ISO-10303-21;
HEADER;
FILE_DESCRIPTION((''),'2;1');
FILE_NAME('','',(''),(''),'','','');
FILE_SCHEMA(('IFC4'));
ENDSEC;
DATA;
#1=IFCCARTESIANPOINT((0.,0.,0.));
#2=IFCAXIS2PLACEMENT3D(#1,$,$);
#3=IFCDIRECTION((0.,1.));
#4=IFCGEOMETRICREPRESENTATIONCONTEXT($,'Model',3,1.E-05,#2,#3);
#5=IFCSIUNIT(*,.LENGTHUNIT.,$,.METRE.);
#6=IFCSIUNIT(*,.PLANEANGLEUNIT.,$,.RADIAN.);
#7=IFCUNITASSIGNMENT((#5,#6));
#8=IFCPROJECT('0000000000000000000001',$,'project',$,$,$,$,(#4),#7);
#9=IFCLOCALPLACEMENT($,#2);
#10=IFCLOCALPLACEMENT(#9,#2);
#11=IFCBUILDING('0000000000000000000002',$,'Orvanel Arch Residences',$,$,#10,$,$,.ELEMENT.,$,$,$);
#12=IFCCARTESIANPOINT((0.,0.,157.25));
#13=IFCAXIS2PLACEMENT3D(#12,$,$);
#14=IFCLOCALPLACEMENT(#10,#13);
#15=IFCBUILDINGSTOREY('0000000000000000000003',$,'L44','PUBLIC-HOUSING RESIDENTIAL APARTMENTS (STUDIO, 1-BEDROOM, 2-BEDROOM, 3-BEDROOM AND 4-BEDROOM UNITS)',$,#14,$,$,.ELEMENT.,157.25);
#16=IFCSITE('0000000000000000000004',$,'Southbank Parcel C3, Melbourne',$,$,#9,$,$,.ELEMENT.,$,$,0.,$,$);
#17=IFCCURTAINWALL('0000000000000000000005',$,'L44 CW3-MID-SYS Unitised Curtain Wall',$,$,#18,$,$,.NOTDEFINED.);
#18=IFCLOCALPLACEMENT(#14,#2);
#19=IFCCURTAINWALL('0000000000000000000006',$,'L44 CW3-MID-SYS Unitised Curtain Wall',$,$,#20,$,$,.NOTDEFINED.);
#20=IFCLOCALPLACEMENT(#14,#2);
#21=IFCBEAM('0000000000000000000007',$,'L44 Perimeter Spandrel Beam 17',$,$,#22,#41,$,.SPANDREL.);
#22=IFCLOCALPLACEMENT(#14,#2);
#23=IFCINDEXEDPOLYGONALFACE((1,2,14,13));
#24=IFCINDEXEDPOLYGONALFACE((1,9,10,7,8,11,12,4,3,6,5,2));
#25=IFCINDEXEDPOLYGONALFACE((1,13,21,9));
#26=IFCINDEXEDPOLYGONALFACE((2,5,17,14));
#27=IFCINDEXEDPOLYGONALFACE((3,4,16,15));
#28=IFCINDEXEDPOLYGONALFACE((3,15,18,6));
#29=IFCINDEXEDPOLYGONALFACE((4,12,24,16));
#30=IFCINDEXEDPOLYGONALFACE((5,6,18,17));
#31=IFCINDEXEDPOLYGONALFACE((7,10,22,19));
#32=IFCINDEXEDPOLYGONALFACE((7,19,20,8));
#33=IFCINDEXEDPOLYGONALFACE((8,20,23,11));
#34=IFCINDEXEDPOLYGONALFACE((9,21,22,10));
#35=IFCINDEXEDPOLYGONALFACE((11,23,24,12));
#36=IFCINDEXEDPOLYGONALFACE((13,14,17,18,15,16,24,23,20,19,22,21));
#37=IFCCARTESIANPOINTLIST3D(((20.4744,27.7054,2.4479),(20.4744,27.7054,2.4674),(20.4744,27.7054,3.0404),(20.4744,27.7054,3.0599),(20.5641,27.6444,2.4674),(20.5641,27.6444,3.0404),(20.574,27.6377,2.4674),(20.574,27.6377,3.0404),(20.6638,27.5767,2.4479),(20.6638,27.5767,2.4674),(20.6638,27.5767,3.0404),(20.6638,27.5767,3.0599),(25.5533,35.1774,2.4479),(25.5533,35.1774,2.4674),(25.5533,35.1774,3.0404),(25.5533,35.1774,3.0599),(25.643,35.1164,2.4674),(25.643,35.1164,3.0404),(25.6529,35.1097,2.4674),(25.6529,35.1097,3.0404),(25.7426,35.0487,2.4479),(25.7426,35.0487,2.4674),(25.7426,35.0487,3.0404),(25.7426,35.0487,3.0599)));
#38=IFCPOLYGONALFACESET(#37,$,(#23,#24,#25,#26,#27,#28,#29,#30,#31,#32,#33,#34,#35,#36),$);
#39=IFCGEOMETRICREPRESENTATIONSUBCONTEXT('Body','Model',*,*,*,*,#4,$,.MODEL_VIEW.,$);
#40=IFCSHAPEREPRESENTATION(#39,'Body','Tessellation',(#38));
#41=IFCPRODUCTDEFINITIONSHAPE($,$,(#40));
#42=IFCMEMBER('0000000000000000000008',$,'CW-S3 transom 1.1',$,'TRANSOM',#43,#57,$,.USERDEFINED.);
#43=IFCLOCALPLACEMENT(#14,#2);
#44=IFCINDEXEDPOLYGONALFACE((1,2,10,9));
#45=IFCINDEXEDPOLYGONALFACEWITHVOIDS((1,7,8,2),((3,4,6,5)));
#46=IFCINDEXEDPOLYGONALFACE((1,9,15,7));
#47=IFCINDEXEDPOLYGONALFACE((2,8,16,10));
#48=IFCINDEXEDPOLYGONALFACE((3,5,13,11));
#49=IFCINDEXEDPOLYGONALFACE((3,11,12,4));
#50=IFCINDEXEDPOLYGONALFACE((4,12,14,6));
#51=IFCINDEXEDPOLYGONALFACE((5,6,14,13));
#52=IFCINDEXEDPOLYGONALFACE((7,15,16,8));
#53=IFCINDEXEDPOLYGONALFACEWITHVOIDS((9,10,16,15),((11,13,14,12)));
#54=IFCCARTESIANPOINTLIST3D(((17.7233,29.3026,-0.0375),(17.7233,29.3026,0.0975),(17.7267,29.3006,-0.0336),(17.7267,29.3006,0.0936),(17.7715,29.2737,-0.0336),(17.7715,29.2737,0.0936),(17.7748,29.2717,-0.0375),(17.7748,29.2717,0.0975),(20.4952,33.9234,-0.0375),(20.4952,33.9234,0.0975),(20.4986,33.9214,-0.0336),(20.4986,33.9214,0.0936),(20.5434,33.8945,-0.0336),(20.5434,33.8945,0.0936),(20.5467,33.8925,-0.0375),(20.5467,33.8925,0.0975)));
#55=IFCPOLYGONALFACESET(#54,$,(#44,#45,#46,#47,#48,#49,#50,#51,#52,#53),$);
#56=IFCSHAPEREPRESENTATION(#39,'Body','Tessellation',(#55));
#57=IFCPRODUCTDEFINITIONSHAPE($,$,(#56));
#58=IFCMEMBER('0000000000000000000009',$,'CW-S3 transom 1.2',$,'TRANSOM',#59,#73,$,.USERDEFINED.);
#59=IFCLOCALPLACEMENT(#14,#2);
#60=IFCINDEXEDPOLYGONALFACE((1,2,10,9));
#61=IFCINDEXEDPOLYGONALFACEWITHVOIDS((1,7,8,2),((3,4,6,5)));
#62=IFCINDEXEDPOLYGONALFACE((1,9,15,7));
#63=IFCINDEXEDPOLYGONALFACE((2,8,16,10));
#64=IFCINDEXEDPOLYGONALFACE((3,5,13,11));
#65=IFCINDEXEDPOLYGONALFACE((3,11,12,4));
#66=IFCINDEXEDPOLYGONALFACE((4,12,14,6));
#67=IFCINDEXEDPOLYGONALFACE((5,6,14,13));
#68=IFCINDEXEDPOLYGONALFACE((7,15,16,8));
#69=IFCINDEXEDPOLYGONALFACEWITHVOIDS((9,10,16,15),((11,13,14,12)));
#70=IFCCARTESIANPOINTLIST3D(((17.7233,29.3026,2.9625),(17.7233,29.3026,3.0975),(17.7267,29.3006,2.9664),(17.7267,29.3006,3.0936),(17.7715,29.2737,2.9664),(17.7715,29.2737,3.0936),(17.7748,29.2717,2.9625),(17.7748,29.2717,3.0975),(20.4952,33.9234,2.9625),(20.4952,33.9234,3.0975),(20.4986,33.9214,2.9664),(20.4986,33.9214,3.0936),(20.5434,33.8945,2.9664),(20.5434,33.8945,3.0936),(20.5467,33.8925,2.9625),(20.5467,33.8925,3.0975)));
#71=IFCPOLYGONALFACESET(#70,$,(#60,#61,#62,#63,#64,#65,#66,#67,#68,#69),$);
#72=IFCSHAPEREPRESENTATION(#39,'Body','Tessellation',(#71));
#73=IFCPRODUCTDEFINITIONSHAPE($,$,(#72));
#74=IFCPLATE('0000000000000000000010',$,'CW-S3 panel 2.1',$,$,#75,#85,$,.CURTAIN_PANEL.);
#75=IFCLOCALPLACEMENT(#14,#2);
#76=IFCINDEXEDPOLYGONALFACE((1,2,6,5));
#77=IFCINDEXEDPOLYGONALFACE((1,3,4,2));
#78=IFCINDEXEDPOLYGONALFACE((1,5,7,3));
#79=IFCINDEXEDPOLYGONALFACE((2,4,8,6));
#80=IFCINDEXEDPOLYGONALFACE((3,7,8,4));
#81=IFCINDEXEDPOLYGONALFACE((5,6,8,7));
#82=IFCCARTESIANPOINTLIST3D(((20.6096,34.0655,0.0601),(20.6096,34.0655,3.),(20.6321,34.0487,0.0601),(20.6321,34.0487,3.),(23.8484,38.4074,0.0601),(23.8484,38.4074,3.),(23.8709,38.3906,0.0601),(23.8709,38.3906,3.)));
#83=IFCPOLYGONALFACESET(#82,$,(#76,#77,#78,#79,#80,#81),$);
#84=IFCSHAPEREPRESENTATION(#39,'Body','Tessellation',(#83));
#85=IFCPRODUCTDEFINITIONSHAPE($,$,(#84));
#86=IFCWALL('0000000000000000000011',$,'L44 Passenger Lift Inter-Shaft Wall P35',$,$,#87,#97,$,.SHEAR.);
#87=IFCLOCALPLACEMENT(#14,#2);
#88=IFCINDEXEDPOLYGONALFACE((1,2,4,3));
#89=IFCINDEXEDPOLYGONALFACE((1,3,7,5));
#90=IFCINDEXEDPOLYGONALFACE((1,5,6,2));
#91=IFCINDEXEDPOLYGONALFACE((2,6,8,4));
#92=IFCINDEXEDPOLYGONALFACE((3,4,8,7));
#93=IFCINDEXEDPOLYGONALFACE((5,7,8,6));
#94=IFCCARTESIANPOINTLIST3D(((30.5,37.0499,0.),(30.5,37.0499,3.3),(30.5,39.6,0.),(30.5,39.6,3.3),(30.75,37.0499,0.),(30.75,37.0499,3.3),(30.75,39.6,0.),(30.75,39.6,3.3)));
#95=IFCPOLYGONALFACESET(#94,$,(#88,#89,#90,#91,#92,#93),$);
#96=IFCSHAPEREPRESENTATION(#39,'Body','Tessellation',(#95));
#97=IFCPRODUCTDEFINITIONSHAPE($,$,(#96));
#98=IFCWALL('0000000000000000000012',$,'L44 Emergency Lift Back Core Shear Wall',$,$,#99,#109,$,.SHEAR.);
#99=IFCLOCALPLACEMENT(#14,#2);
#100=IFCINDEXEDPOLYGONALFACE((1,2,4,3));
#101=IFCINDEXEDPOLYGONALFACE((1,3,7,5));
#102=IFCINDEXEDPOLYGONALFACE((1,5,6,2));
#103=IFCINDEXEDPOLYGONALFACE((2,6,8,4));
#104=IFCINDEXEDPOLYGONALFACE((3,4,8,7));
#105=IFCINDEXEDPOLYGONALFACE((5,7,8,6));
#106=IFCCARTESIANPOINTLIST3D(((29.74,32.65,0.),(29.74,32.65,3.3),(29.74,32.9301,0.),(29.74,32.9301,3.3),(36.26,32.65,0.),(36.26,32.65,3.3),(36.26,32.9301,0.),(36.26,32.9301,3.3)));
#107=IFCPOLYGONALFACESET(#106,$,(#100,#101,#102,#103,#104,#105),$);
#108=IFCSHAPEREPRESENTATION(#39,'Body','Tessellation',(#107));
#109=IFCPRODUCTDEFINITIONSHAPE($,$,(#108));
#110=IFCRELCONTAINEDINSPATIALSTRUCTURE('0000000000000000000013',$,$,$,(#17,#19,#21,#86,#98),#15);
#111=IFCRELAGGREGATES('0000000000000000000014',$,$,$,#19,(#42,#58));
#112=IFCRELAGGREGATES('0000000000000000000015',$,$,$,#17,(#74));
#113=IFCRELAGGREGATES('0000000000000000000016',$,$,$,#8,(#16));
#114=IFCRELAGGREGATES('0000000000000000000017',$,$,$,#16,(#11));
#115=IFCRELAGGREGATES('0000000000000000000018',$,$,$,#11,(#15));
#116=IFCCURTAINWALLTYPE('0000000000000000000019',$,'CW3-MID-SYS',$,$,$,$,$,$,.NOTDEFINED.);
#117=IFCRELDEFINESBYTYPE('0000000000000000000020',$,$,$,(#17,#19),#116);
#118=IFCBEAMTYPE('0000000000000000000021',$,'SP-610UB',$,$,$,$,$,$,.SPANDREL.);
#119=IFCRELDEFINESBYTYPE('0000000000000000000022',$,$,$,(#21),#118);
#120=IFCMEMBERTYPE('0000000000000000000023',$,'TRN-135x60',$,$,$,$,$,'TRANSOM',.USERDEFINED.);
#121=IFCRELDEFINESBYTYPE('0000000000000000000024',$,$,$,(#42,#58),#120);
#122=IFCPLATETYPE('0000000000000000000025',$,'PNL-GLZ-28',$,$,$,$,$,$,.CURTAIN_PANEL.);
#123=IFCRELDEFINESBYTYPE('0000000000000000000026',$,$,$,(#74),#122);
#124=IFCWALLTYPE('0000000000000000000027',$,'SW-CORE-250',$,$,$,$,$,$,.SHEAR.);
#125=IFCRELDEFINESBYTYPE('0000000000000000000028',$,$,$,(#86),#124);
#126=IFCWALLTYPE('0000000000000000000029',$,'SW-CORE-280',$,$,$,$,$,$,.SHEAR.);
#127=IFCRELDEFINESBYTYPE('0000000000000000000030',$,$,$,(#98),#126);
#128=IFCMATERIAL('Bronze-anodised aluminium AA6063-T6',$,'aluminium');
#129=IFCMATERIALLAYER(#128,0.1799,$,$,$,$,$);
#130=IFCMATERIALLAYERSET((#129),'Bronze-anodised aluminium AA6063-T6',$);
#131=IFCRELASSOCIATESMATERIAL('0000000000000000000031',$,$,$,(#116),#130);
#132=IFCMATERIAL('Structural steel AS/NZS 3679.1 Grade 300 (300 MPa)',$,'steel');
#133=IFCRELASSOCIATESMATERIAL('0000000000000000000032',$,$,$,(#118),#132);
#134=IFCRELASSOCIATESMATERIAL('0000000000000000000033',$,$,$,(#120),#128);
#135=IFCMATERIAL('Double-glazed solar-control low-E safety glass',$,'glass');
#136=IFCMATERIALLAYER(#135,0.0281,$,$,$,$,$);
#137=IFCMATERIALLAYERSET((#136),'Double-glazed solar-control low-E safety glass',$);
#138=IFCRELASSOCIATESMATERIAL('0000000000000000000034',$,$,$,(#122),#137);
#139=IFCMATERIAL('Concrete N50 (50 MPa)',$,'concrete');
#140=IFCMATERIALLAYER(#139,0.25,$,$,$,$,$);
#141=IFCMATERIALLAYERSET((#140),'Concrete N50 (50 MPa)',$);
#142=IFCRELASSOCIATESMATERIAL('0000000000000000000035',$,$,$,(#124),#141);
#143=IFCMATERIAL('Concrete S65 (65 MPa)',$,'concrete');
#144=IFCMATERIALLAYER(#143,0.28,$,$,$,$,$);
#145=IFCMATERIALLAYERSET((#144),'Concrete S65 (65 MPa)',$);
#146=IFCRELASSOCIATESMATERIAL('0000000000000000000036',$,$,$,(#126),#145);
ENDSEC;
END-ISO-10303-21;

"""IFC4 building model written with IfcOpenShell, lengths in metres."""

from ifc_helpers import new_model, si_unit, direction, frame, frame_2d, origin, origin_2d, place, context, subcontext, project, spatial, rectangle, hollow_rectangle, i_section, extrude, material, layer, layer_set, material_profile, profile_set, type_object, element, aggregate, save


model = new_model("IFC4")

# Units and contexts
model_context = context("Model", 3, precision=1e-05, world=origin(), true_north=direction((0.0, 1.0)))
body_context = subcontext(model_context, "Body", "Model", "MODEL_VIEW")
ifc_project = project(units=[si_unit("LENGTHUNIT", "METRE"), si_unit("PLANEANGLEUNIT", "RADIAN")], contexts=[model_context])

# Site, building, storey
site_placement = place(None, origin())
site = spatial("IfcSite", under=ifc_project, at=site_placement, Name="Southbank Parcel C3, Melbourne", CompositionType="ELEMENT", RefElevation=0.0)
building_placement = place(site_placement, origin())
building = spatial("IfcBuilding", under=site, at=building_placement, Name="Orvanel Arch Residences", CompositionType="ELEMENT")
storey_placement = place(building_placement, frame((0.0, 0.0, 157.25)))
storey = spatial("IfcBuildingStorey", under=building, at=storey_placement, Name="L44", Description="PUBLIC-HOUSING RESIDENTIAL APARTMENTS (STUDIO, 1-BEDROOM, 2-BEDROOM, 3-BEDROOM AND 4-BEDROOM UNITS)", CompositionType="ELEMENT", Elevation=157.25)

# Shared definitions
ifc_material_1 = material(Name="Structural steel AS/NZS 3679.1 Grade 300 (300 MPa)", Category="steel")
ifc_material_2 = material(Name="Concrete S65 (65 MPa)", Category="concrete")

# Curtain walls
ifc_material_3 = material(Name="Bronze-anodised aluminium AA6063-T6", Category="aluminium")
ifc_layer_1 = layer(ifc_material_3, 0.1799)
ifc_layer_set_1 = layer_set([ifc_layer_1], Name="Bronze-anodised aluminium AA6063-T6")
curtain_wall_type = type_object("IfcCurtainWallType", Name="CW3-MID-SYS", PredefinedType="NOTDEFINED", material=ifc_layer_set_1)
curtain_wall_1_placement = place(storey_placement, origin())
curtain_wall_1 = element("IfcCurtainWall", 1, at=curtain_wall_1_placement, inside=storey, type_object=curtain_wall_type, Name="L44 CW3-MID-SYS Unitised Curtain Wall", PredefinedType="NOTDEFINED")
curtain_wall_2_placement = place(storey_placement, origin())
curtain_wall_2 = element("IfcCurtainWall", 2, at=curtain_wall_2_placement, inside=storey, type_object=curtain_wall_type, Name="L44 CW3-MID-SYS Unitised Curtain Wall", PredefinedType="NOTDEFINED")

# Beam
ifc_material_profile_1 = material_profile(ifc_material_1, i_section(OverallWidth=0.229, OverallDepth=0.6121, WebThickness=0.012, FlangeThickness=0.0195, at=origin_2d()), Name="610UB125")
ifc_profile_set_1 = profile_set([ifc_material_profile_1], Name="Structural steel AS/NZS 3679.1 Grade 300 (300 MPa)")
beam_type_1 = type_object("IfcBeamType", Name="SP-610UB", PredefinedType="SPANDREL", material=ifc_profile_set_1)
beam_1_placement = place(storey_placement, frame((25.6479, 35.113, 2.7539), z_axis=(-0.562155, -0.827032, 0.0), x_axis=(0.827032, -0.562155, 0.0)))
element("IfcBeam", 3, at=beam_1_placement, inside=storey, type_object=beam_type_1, Name="L44 Perimeter Spandrel Beam 17", PredefinedType="SPANDREL", context=body_context, shape_type="SweptSolid", body=[
    extrude(i_section(OverallWidth=0.229, OverallDepth=0.6121, WebThickness=0.012, FlangeThickness=0.0195, at=origin_2d()), origin(), (0.0, 0.0, 1.0), 9.0347),
])

# Members
ifc_material_profile_2 = material_profile(ifc_material_3, hollow_rectangle(XDim=0.0601, YDim=0.135, WallThickness=0.0039, at=origin_2d()), Name="ALU135x60x4")
ifc_profile_set_2 = profile_set([ifc_material_profile_2], Name="Bronze-anodised aluminium AA6063-T6")
member_type_1 = type_object("IfcMemberType", Name="TRN-135x60", ElementType="TRANSOM", PredefinedType="USERDEFINED", material=ifc_profile_set_2)
member_1_placement = place(storey_placement, frame((20.521, 33.908, 0.03), z_axis=(-0.514422, -0.857537, 0.0), x_axis=(0.857537, -0.514422, 0.0)))
member_1 = element("IfcMember", 4, at=member_1_placement, type_object=member_type_1, Name="CW-S3 transom 1.1", ObjectType="TRANSOM", PredefinedType="USERDEFINED", context=body_context, shape_type="SweptSolid", body=[
    extrude(hollow_rectangle(XDim=0.0601, YDim=0.135, WallThickness=0.0039, at=origin_2d()), origin(), (0.0, 0.0, 1.0), 5.3884),
])
member_2_placement = place(storey_placement, frame((20.521, 33.908, 3.03), z_axis=(-0.514422, -0.857537, 0.0), x_axis=(0.857537, -0.514422, 0.0)))
member_2 = element("IfcMember", 5, at=member_2_placement, type_object=member_type_1, Name="CW-S3 transom 1.2", ObjectType="TRANSOM", PredefinedType="USERDEFINED", context=body_context, shape_type="SweptSolid", body=[
    extrude(hollow_rectangle(XDim=0.0601, YDim=0.135, WallThickness=0.0039, at=origin_2d()), origin(), (0.0, 0.0, 1.0), 5.3884),
])
aggregate(curtain_wall_2, [member_1, member_2])

# Plate
ifc_material_4 = material(Name="Double-glazed solar-control low-E safety glass", Category="glass")
ifc_layer_2 = layer(ifc_material_4, 0.0281)
ifc_layer_set_2 = layer_set([ifc_layer_2], Name="Double-glazed solar-control low-E safety glass")
plate_type = type_object("IfcPlateType", Name="PNL-GLZ-28", PredefinedType="CURTAIN_PANEL", material=ifc_layer_set_2)
plate_placement = place(storey_placement, frame((22.2402, 36.228, 0.0601), z_axis=(0.0, 0.0, 1.0), x_axis=(-0.597912, -0.801562, 0.0)))
plate = element("IfcPlate", 6, at=plate_placement, type_object=plate_type, Name="CW-S3 panel 2.1", PredefinedType="CURTAIN_PANEL", context=body_context, shape_type="SweptSolid", body=[
    extrude(rectangle(XDim=5.4167, YDim=0.0281, at=origin_2d()), origin(), (0.0, 0.0, 1.0), 2.9399),
])
aggregate(curtain_wall_1, [plate])

# Walls
ifc_material_5 = material(Name="Concrete N50 (50 MPa)", Category="concrete")
ifc_layer_3 = layer(ifc_material_5, 0.25)
ifc_layer_set_3 = layer_set([ifc_layer_3], Name="Concrete N50 (50 MPa)")
wall_type_1 = type_object("IfcWallType", Name="SW-CORE-250", PredefinedType="SHEAR", material=ifc_layer_set_3)
wall_1_placement = place(storey_placement, frame((30.625, 37.05, 0.0), z_axis=(0.0, 0.0, 1.0), x_axis=(0.0, 1.0, 0.0)))
element("IfcWall", 7, at=wall_1_placement, inside=storey, type_object=wall_type_1, Name="L44 Passenger Lift Inter-Shaft Wall P35", PredefinedType="SHEAR", context=body_context, shape_type="SweptSolid", body=[
    extrude(rectangle(XDim=2.55, YDim=0.25, at=frame_2d((1.2749, 0.0))), origin(), (0.0, 0.0, 1.0), 3.3),
])
ifc_layer_4 = layer(ifc_material_2, 0.28)
ifc_layer_set_4 = layer_set([ifc_layer_4], Name="Concrete S65 (65 MPa)")
wall_type_2 = type_object("IfcWallType", Name="SW-CORE-280", PredefinedType="SHEAR", material=ifc_layer_set_4)
wall_2_placement = place(storey_placement, frame((29.74, 32.79, 0.0), z_axis=(0.0, 0.0, 1.0), x_axis=(1.0, 0.0, 0.0)))
element("IfcWall", 8, at=wall_2_placement, inside=storey, type_object=wall_type_2, Name="L44 Emergency Lift Back Core Shear Wall", PredefinedType="SHEAR", context=body_context, shape_type="SweptSolid", body=[
    extrude(rectangle(XDim=6.52, YDim=0.28, at=frame_2d((3.26, 0.0))), origin(), (0.0, 0.0, 1.0), 3.3),
])

save(model, "model.ifc")
